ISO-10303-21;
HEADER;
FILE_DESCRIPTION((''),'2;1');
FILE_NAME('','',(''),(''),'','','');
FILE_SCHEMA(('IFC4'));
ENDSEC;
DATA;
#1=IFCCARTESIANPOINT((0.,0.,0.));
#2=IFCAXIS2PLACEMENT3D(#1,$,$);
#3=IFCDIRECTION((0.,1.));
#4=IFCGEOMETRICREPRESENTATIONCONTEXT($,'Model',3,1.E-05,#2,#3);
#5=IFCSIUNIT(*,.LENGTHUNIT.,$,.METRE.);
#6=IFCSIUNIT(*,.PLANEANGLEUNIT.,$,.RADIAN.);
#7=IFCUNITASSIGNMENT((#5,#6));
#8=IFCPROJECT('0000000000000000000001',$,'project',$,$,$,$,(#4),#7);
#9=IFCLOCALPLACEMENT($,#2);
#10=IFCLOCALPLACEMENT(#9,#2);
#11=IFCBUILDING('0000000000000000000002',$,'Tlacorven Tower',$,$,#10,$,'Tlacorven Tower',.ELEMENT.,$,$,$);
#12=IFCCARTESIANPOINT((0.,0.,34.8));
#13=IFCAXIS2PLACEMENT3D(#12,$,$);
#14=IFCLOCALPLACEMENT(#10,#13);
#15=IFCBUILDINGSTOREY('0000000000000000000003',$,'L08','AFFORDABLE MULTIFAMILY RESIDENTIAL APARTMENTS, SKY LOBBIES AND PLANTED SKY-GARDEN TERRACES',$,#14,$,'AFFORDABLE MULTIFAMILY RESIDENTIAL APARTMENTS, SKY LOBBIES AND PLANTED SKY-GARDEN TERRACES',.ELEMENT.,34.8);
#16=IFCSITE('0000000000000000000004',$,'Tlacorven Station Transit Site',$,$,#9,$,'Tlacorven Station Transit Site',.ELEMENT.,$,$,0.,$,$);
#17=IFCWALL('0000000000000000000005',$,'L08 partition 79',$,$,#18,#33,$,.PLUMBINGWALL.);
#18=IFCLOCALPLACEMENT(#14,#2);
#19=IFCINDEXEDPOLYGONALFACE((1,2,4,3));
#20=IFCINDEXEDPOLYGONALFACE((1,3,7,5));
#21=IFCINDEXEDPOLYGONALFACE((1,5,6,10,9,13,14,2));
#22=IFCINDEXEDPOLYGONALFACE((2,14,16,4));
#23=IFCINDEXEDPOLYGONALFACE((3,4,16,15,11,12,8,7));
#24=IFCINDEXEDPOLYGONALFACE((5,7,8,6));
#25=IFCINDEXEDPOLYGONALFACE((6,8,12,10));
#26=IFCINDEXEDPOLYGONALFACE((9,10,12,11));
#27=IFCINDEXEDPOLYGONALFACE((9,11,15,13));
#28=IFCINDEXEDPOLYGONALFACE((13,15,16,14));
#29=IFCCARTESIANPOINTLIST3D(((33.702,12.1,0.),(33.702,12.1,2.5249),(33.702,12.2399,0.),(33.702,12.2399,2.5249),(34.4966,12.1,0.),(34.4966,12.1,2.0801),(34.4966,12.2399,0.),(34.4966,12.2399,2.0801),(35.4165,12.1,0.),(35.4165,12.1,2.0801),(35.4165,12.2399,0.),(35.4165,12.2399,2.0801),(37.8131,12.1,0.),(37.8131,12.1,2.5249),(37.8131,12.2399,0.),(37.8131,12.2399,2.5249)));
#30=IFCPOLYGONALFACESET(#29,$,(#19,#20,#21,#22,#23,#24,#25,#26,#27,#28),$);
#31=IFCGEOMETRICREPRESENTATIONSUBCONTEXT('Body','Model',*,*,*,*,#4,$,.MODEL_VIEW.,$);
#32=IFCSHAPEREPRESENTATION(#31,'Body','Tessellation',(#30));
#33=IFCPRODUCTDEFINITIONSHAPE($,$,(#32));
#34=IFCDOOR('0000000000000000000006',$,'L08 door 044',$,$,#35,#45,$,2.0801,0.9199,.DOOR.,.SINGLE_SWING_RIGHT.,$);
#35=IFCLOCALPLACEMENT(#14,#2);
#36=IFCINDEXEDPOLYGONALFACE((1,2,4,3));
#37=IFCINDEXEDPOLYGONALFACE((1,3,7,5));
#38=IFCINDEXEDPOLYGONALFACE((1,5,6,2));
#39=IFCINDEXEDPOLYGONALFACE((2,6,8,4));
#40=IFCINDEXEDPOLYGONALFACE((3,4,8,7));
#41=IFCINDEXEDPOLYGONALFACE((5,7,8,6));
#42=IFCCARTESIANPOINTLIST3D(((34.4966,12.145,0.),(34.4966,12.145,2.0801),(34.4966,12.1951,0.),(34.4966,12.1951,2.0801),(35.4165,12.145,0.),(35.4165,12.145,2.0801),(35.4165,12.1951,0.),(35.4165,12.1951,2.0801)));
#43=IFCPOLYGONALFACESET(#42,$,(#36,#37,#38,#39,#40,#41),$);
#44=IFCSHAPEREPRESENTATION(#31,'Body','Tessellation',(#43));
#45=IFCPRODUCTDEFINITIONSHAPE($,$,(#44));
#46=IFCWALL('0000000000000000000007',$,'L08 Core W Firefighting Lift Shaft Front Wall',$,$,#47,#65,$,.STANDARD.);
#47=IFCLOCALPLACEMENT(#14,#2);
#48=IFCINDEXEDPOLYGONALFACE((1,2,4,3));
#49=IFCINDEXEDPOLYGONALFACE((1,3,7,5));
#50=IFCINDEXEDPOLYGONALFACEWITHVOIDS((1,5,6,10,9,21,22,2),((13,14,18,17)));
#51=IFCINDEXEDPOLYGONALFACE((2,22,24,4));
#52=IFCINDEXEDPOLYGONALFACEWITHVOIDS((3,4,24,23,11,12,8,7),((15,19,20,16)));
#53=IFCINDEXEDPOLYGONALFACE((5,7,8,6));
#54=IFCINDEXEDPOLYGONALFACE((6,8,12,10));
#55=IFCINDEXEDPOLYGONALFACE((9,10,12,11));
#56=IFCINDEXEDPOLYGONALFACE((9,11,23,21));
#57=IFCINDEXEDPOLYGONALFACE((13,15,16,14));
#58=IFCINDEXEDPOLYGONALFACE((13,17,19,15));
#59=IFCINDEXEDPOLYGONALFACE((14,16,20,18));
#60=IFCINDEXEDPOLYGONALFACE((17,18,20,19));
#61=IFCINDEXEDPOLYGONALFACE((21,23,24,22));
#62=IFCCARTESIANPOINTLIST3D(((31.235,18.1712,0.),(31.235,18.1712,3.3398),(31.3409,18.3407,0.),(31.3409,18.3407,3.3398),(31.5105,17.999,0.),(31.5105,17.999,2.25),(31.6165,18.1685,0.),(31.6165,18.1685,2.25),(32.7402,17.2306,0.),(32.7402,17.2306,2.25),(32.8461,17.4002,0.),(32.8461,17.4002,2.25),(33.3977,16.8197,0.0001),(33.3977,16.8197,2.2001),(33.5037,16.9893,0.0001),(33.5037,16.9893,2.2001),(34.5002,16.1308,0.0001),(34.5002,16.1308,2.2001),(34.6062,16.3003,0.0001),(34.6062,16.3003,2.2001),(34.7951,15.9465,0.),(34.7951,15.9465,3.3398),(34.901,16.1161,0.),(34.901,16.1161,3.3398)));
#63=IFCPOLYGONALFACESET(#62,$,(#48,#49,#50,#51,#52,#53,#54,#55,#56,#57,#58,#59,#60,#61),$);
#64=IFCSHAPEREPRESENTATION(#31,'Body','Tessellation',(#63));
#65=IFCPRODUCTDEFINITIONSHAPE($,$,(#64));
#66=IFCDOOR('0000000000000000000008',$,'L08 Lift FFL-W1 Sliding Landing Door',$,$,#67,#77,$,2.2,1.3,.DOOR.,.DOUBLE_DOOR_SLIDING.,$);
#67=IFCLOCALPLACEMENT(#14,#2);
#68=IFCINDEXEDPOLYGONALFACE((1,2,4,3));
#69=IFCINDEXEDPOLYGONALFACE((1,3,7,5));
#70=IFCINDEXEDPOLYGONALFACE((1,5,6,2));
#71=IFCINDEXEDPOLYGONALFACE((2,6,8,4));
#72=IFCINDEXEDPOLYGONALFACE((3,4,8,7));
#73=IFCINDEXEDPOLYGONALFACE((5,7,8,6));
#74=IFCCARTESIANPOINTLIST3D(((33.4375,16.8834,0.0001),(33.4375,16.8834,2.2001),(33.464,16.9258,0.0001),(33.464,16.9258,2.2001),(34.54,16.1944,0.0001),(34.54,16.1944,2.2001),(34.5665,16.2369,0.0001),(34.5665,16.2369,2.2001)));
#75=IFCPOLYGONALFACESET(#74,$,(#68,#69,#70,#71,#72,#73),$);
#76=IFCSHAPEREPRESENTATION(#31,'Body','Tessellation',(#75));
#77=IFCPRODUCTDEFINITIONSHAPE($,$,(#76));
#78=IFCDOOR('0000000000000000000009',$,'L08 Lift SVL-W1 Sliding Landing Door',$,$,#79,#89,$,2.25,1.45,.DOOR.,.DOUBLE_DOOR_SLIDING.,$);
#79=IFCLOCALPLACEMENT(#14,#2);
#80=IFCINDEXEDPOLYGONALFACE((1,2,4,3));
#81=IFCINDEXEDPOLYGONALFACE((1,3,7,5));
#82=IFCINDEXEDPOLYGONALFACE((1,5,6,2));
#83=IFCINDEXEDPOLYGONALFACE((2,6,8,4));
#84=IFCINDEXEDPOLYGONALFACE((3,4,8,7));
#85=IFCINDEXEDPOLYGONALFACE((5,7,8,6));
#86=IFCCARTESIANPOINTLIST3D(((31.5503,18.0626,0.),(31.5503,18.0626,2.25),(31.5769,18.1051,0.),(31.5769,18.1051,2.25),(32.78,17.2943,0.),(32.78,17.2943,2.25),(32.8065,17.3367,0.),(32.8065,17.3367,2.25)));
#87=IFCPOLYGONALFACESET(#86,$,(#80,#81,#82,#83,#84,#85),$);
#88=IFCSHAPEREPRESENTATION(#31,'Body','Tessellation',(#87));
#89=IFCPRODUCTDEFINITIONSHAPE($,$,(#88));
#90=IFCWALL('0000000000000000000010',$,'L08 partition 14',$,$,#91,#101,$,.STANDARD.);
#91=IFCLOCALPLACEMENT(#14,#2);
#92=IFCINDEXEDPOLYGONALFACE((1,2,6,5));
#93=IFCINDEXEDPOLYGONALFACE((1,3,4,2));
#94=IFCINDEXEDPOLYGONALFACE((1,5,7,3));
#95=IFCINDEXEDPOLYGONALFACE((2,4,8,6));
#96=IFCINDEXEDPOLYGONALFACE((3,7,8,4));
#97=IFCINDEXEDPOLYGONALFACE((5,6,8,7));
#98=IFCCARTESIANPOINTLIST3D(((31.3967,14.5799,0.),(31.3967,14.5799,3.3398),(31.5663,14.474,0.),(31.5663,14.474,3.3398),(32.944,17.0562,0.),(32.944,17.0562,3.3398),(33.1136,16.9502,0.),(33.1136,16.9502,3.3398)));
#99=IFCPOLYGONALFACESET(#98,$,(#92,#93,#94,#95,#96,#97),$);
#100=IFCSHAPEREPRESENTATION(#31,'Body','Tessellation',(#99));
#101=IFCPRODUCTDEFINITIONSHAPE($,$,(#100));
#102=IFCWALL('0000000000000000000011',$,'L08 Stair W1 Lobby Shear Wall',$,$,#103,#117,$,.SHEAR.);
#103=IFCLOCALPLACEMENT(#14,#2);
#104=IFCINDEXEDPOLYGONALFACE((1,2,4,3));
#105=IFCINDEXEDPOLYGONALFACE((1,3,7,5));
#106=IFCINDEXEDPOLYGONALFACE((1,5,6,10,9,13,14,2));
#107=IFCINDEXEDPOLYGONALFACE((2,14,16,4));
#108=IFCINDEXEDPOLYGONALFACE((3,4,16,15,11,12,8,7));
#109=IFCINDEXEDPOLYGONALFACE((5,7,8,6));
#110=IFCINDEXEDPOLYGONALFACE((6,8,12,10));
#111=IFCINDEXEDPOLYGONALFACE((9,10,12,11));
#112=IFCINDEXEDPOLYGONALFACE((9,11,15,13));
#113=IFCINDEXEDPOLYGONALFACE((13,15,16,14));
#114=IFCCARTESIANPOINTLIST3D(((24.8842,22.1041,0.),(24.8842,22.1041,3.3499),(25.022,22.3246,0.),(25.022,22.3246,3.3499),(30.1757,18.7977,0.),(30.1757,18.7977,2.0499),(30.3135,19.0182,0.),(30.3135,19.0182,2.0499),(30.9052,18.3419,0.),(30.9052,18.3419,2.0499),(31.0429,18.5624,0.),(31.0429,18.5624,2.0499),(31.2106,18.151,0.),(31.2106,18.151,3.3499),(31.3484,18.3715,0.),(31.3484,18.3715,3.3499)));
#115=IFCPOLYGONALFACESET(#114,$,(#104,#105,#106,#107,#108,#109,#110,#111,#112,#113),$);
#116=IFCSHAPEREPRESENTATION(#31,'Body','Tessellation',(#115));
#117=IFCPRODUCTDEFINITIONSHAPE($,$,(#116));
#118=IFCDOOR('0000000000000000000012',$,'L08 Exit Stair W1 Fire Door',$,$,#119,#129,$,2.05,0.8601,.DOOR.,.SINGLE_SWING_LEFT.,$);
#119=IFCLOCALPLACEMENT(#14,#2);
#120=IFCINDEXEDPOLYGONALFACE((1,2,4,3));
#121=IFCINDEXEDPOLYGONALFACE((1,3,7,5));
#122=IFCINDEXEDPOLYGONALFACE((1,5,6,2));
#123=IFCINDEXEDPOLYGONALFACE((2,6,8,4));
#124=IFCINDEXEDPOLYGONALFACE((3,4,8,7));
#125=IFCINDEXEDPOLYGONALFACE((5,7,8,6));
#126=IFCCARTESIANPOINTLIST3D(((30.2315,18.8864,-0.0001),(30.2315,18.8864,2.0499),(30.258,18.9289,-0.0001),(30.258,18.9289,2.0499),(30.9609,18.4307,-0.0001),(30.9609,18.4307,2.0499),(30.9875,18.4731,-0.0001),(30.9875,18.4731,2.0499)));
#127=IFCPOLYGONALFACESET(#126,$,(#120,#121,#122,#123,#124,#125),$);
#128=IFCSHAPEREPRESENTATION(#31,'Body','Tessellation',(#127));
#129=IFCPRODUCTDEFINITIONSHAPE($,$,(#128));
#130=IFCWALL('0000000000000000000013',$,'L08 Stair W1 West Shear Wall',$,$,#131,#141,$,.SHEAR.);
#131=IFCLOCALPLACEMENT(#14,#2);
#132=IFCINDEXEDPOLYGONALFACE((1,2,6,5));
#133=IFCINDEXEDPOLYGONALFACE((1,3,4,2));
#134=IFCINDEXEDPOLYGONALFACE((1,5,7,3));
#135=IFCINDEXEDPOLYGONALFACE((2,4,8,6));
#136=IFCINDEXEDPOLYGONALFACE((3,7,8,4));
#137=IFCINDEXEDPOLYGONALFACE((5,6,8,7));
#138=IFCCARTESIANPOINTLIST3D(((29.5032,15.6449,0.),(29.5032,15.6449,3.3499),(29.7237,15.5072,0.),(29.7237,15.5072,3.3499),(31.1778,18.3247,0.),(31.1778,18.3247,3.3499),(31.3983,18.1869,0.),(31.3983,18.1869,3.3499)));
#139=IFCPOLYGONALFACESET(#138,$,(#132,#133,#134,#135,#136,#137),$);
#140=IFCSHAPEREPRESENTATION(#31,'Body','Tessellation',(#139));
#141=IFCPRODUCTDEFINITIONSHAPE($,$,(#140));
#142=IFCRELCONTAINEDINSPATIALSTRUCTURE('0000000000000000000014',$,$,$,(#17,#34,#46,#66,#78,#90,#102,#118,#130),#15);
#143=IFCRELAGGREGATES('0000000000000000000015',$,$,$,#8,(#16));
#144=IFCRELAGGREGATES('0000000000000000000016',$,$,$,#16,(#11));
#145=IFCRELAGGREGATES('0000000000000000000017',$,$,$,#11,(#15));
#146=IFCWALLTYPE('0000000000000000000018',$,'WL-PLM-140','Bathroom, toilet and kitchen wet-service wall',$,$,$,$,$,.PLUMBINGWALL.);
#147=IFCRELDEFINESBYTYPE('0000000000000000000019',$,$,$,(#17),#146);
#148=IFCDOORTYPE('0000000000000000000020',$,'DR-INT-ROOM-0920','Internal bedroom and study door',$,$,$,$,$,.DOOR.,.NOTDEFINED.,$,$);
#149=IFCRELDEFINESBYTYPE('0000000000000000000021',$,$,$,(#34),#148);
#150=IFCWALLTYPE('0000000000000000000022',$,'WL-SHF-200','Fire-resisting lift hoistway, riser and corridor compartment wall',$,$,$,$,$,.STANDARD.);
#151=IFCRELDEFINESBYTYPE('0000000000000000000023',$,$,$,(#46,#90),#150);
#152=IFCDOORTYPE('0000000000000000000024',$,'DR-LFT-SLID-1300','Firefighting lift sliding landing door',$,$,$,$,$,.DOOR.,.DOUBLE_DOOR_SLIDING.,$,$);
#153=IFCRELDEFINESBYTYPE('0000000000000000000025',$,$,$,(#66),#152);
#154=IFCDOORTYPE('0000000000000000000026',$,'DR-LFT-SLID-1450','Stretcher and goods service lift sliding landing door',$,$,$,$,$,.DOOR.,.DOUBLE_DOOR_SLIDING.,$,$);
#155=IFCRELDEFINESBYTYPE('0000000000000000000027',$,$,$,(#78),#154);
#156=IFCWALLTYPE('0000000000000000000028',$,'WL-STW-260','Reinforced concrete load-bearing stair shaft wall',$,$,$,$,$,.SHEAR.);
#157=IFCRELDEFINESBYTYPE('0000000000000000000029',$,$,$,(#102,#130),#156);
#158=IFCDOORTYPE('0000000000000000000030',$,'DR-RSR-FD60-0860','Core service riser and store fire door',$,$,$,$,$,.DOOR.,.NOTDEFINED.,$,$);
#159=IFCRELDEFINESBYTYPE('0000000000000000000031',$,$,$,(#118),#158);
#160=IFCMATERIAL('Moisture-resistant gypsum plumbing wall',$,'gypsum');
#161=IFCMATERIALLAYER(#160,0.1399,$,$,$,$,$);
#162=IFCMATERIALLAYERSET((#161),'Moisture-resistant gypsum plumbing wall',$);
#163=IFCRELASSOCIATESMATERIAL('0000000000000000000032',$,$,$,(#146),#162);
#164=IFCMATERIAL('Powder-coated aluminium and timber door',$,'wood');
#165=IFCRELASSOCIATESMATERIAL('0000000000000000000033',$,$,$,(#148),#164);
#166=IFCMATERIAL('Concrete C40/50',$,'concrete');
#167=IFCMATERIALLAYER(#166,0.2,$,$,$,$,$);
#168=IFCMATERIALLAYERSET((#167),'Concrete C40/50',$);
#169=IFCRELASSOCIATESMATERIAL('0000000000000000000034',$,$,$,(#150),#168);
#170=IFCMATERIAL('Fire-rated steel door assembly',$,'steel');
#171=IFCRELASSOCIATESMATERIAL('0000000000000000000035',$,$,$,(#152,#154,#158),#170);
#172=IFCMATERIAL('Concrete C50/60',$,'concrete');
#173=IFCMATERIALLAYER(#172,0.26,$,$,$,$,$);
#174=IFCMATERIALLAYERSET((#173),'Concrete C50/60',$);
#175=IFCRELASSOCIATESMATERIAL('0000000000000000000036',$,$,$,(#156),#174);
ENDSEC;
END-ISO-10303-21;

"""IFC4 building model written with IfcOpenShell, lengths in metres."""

from ifc_helpers import new_model, si_unit, direction, frame, frame_2d, origin, place, context, subcontext, project, spatial, rectangle, extrude, source, transform, mapped, material, layer, layer_set, type_object, element, fill, save


model = new_model("IFC4")

# Units and contexts
model_context = context("Model", 3, precision=1e-05, world=origin(), true_north=direction((0.0, 1.0)))
body_context = subcontext(model_context, "Body", "Model", "MODEL_VIEW")
ifc_project = project(units=[si_unit("LENGTHUNIT", "METRE"), si_unit("PLANEANGLEUNIT", "RADIAN")], contexts=[model_context])

# Site, building, storey
site_placement = place(None, origin())
site = spatial("IfcSite", under=ifc_project, at=site_placement, Name="Tlacorven Station Transit Site", LongName="Tlacorven Station Transit Site", CompositionType="ELEMENT", RefElevation=0.0)
building_placement = place(site_placement, origin())
building = spatial("IfcBuilding", under=site, at=building_placement, Name="Tlacorven Tower", LongName="Tlacorven Tower", CompositionType="ELEMENT")
storey_placement = place(building_placement, frame((0.0, 0.0, 34.8)))
storey = spatial("IfcBuildingStorey", under=building, at=storey_placement, Name="L08", Description="AFFORDABLE MULTIFAMILY RESIDENTIAL APARTMENTS, SKY LOBBIES AND PLANTED SKY-GARDEN TERRACES", LongName="AFFORDABLE MULTIFAMILY RESIDENTIAL APARTMENTS, SKY LOBBIES AND PLANTED SKY-GARDEN TERRACES", CompositionType="ELEMENT", Elevation=34.8)

# Shared definitions
ifc_material_1 = material(Name="Fire-rated steel door assembly", Category="steel")

# Shared definitions
ifc_material_2 = material(Name="Moisture-resistant gypsum plumbing wall", Category="gypsum")
ifc_layer_1 = layer(ifc_material_2, 0.1399)
ifc_layer_set_1 = layer_set([ifc_layer_1], Name="Moisture-resistant gypsum plumbing wall")
wall_type_1 = type_object("IfcWallType", Name="WL-PLM-140", Description="Bathroom, toilet and kitchen wet-service wall", PredefinedType="PLUMBINGWALL", material=ifc_layer_set_1)
ifc_material_3 = material(Name="Powder-coated aluminium and timber door", Category="wood")

# Wall, opening, door
wall_1_placement = place(storey_placement, frame((33.7019, 12.1699, 0.0), z_axis=(0.0, 0.0, 1.0), x_axis=(1.0, 0.0, 0.0)))
wall_1 = element("IfcWall", 1, at=wall_1_placement, inside=storey, type_object=wall_type_1, Name="L08 partition 79", PredefinedType="PLUMBINGWALL", context=body_context, shape_type="SweptSolid", body=[
    extrude(rectangle(XDim=4.1111, YDim=0.1399, at=frame_2d((2.0557, 0.0))), origin(), (0.0, 0.0, 1.0), 2.5249),
])
opening_1_placement = place(wall_1_placement, frame((0.7947, 0.0, 0.0)))
opening_1 = element("IfcOpeningElement", 2, at=opening_1_placement, cuts=wall_1, PredefinedType="OPENING", context=body_context, shape_type="SweptSolid", body=[
    extrude(rectangle(XDim=0.9199, YDim=2.0801, at=frame_2d((0.46, 1.04))), frame((0.0, 0.0801, 0.0), z_axis=(0.0, -1.0, 0.0), x_axis=(1.0, 0.0, 0.0)), (0.0, 0.0, 1.0), 0.1599),
])
door_type_1 = type_object("IfcDoorType", Name="DR-INT-ROOM-0920", Description="Internal bedroom and study door", OperationType="NOTDEFINED", PredefinedType="DOOR", material=ifc_material_3)
shared_shape_1 = source(origin(), body_context, "Body", "SweptSolid", [
    extrude(rectangle(XDim=0.9199, YDim=2.0801, at=frame_2d((0.46, 1.04))), frame((0.0, 0.0249, 0.0), z_axis=(0.0, -1.0, 0.0), x_axis=(1.0, 0.0, 0.0)), (0.0, 0.0, 1.0), 0.05),
])
door_1_placement = place(opening_1_placement, frame((0.9199, 0.0, 0.0), z_axis=(0.0, 0.0, 1.0), x_axis=(-1.0, 0.0, 0.0)))
door_1 = element("IfcDoor", 3, at=door_1_placement, inside=storey, type_object=door_type_1, Name="L08 door 044", OperationType="SINGLE_SWING_RIGHT", OverallHeight=2.0801, OverallWidth=0.9199, PredefinedType="DOOR", context=body_context, shape_type="MappedRepresentation", body=[
    mapped(shared_shape_1, transform((0.0, 0.0, 0.0), scale=1.0)),
])
fill(opening_1, door_1)

# Wall, openings, doors
ifc_material_4 = material(Name="Concrete C40/50", Category="concrete")
ifc_layer_2 = layer(ifc_material_4, 0.2)
ifc_layer_set_2 = layer_set([ifc_layer_2], Name="Concrete C40/50")
wall_type_2 = type_object("IfcWallType", Name="WL-SHF-200", Description="Fire-resisting lift hoistway, riser and corridor compartment wall", PredefinedType="STANDARD", material=ifc_layer_set_2)
wall_2_placement = place(storey_placement, frame((34.8481, 16.0312, 0.0), z_axis=(0.0, 0.0, 1.0), x_axis=(-0.848044, 0.529926, 0.0)))
wall_2 = element("IfcWall", 4, at=wall_2_placement, inside=storey, type_object=wall_type_2, Name="L08 Core W Firefighting Lift Shaft Front Wall", PredefinedType="STANDARD", context=body_context, shape_type="SweptSolid", body=[
    extrude(rectangle(XDim=4.198, YDim=0.2, at=frame_2d((2.0991, 0.0))), origin(), (0.0, 0.0, 1.0), 3.3398),
])
opening_2_placement = place(wall_2_placement, frame((0.3479, 0.0, 0.0)))
opening_2 = element("IfcOpeningElement", 5, at=opening_2_placement, cuts=wall_2, PredefinedType="OPENING", context=body_context, shape_type="SweptSolid", body=[
    extrude(rectangle(XDim=1.3, YDim=2.2, at=frame_2d((0.6499, 1.1001))), frame((0.0, 0.1099, 0.0), z_axis=(0.0, -1.0, 0.0), x_axis=(1.0, 0.0, 0.0)), (0.0, 0.0, 1.0), 0.22),
])
opening_3_placement = place(wall_2_placement, frame((2.4231, 0.0, 0.0)))
opening_3 = element("IfcOpeningElement", 6, at=opening_3_placement, cuts=wall_2, PredefinedType="OPENING", context=body_context, shape_type="SweptSolid", body=[
    extrude(rectangle(XDim=1.45, YDim=2.25, at=frame_2d((0.7251, 1.125))), frame((0.0, 0.1099, 0.0), z_axis=(0.0, -1.0, 0.0), x_axis=(1.0, 0.0, 0.0)), (0.0, 0.0, 1.0), 0.22),
])
door_type_2 = type_object("IfcDoorType", Name="DR-LFT-SLID-1300", Description="Firefighting lift sliding landing door", OperationType="DOUBLE_DOOR_SLIDING", PredefinedType="DOOR", material=ifc_material_1)
shared_shape_2 = source(origin(), body_context, "Body", "SweptSolid", [
    extrude(rectangle(XDim=1.3, YDim=2.2, at=frame_2d((0.6499, 1.1001))), frame((0.0, 0.0249, 0.0), z_axis=(0.0, -1.0, 0.0), x_axis=(1.0, 0.0, 0.0)), (0.0, 0.0, 1.0), 0.05),
])
door_2_placement = place(opening_2_placement, origin())
door_2 = element("IfcDoor", 7, at=door_2_placement, inside=storey, type_object=door_type_2, Name="L08 Lift FFL-W1 Sliding Landing Door", OperationType="DOUBLE_DOOR_SLIDING", OverallHeight=2.2, OverallWidth=1.3, PredefinedType="DOOR", context=body_context, shape_type="MappedRepresentation", body=[
    mapped(shared_shape_2, transform((0.0, 0.0, 0.0), scale=1.0)),
])
fill(opening_2, door_2)
door_type_3 = type_object("IfcDoorType", Name="DR-LFT-SLID-1450", Description="Stretcher and goods service lift sliding landing door", OperationType="DOUBLE_DOOR_SLIDING", PredefinedType="DOOR", material=ifc_material_1)
shared_shape_3 = source(origin(), body_context, "Body", "SweptSolid", [
    extrude(rectangle(XDim=1.45, YDim=2.25, at=frame_2d((0.7251, 1.125))), frame((0.0, 0.0249, 0.0), z_axis=(0.0, -1.0, 0.0), x_axis=(1.0, 0.0, 0.0)), (0.0, 0.0, 1.0), 0.05),
])
door_3_placement = place(opening_3_placement, origin())
door_3 = element("IfcDoor", 8, at=door_3_placement, inside=storey, type_object=door_type_3, Name="L08 Lift SVL-W1 Sliding Landing Door", OperationType="DOUBLE_DOOR_SLIDING", OverallHeight=2.25, OverallWidth=1.45, PredefinedType="DOOR", context=body_context, shape_type="MappedRepresentation", body=[
    mapped(shared_shape_3, transform((0.0, 0.0, 0.0), scale=1.0)),
])
fill(opening_3, door_3)

# Wall
wall_3_placement = place(storey_placement, frame((33.0288, 17.0032, 0.0), z_axis=(0.0, 0.0, 1.0), x_axis=(-0.529916, -0.84805, 0.0)))
element("IfcWall", 9, at=wall_3_placement, inside=storey, type_object=wall_type_2, Name="L08 partition 14", PredefinedType="STANDARD", context=body_context, shape_type="SweptSolid", body=[
    extrude(rectangle(XDim=2.9199, YDim=0.2, at=frame_2d((1.46, 0.0))), origin(), (0.0, 0.0, 1.0), 3.3398),
])

# Wall, opening, door
ifc_material_5 = material(Name="Concrete C50/60", Category="concrete")
ifc_layer_3 = layer(ifc_material_5, 0.26)
ifc_layer_set_3 = layer_set([ifc_layer_3], Name="Concrete C50/60")
wall_type_3 = type_object("IfcWallType", Name="WL-STW-260", Description="Reinforced concrete load-bearing stair shaft wall", PredefinedType="SHEAR", material=ifc_layer_set_3)
wall_4_placement = place(storey_placement, frame((31.2795, 18.2612, 0.0), z_axis=(0.0, 0.0, 1.0), x_axis=(-0.848052, 0.529914, 0.0)))
wall_4 = element("IfcWall", 10, at=wall_4_placement, inside=storey, type_object=wall_type_3, Name="L08 Stair W1 Lobby Shear Wall", PredefinedType="SHEAR", context=body_context, shape_type="SweptSolid", body=[
    extrude(rectangle(XDim=7.46, YDim=0.26, at=frame_2d((3.73, 0.0))), origin(), (0.0, 0.0, 1.0), 3.3499),
])
opening_4_placement = place(wall_4_placement, frame((0.3601, 0.0, 0.0)))
opening_4 = element("IfcOpeningElement", 11, at=opening_4_placement, cuts=wall_4, PredefinedType="OPENING", context=body_context, shape_type="SweptSolid", body=[
    extrude(rectangle(XDim=0.8601, YDim=2.05, at=frame_2d((0.4302, 1.0249))), frame((0.0, 0.1401, 0.0), z_axis=(0.0, -1.0, 0.0), x_axis=(1.0, 0.0, 0.0)), (0.0, 0.0, 1.0), 0.28),
])
door_type_4 = type_object("IfcDoorType", Name="DR-RSR-FD60-0860", Description="Core service riser and store fire door", OperationType="NOTDEFINED", PredefinedType="DOOR", material=ifc_material_1)
shared_shape_4 = source(origin(), body_context, "Body", "SweptSolid", [
    extrude(rectangle(XDim=0.8601, YDim=2.05, at=frame_2d((0.4302, 1.0249))), frame((0.0, 0.0249, 0.0), z_axis=(0.0, -1.0, 0.0), x_axis=(1.0, 0.0, 0.0)), (0.0, 0.0, 1.0), 0.05),
])
door_4_placement = place(opening_4_placement, frame((0.8601, 0.0, 0.0), z_axis=(0.0, 0.0, 1.0), x_axis=(-1.0, 0.0, 0.0)))
door_4 = element("IfcDoor", 12, at=door_4_placement, inside=storey, type_object=door_type_4, Name="L08 Exit Stair W1 Fire Door", OperationType="SINGLE_SWING_LEFT", OverallHeight=2.05, OverallWidth=0.8601, PredefinedType="DOOR", context=body_context, shape_type="MappedRepresentation", body=[
    mapped(shared_shape_4, transform((0.0, 0.0, 0.0), scale=1.0)),
])
fill(opening_4, door_4)

# Wall
wall_5_placement = place(storey_placement, frame((31.2881, 18.2559, 0.0), z_axis=(0.0, 0.0, 1.0), x_axis=(-0.529943, -0.848033, 0.0)))
element("IfcWall", 13, at=wall_5_placement, inside=storey, type_object=wall_type_3, Name="L08 Stair W1 West Shear Wall", PredefinedType="SHEAR", context=body_context, shape_type="SweptSolid", body=[
    extrude(rectangle(XDim=3.1599, YDim=0.26, at=frame_2d((1.5801, 0.0))), origin(), (0.0, 0.0, 1.0), 3.3499),
])

save(model, "model.ifc")
